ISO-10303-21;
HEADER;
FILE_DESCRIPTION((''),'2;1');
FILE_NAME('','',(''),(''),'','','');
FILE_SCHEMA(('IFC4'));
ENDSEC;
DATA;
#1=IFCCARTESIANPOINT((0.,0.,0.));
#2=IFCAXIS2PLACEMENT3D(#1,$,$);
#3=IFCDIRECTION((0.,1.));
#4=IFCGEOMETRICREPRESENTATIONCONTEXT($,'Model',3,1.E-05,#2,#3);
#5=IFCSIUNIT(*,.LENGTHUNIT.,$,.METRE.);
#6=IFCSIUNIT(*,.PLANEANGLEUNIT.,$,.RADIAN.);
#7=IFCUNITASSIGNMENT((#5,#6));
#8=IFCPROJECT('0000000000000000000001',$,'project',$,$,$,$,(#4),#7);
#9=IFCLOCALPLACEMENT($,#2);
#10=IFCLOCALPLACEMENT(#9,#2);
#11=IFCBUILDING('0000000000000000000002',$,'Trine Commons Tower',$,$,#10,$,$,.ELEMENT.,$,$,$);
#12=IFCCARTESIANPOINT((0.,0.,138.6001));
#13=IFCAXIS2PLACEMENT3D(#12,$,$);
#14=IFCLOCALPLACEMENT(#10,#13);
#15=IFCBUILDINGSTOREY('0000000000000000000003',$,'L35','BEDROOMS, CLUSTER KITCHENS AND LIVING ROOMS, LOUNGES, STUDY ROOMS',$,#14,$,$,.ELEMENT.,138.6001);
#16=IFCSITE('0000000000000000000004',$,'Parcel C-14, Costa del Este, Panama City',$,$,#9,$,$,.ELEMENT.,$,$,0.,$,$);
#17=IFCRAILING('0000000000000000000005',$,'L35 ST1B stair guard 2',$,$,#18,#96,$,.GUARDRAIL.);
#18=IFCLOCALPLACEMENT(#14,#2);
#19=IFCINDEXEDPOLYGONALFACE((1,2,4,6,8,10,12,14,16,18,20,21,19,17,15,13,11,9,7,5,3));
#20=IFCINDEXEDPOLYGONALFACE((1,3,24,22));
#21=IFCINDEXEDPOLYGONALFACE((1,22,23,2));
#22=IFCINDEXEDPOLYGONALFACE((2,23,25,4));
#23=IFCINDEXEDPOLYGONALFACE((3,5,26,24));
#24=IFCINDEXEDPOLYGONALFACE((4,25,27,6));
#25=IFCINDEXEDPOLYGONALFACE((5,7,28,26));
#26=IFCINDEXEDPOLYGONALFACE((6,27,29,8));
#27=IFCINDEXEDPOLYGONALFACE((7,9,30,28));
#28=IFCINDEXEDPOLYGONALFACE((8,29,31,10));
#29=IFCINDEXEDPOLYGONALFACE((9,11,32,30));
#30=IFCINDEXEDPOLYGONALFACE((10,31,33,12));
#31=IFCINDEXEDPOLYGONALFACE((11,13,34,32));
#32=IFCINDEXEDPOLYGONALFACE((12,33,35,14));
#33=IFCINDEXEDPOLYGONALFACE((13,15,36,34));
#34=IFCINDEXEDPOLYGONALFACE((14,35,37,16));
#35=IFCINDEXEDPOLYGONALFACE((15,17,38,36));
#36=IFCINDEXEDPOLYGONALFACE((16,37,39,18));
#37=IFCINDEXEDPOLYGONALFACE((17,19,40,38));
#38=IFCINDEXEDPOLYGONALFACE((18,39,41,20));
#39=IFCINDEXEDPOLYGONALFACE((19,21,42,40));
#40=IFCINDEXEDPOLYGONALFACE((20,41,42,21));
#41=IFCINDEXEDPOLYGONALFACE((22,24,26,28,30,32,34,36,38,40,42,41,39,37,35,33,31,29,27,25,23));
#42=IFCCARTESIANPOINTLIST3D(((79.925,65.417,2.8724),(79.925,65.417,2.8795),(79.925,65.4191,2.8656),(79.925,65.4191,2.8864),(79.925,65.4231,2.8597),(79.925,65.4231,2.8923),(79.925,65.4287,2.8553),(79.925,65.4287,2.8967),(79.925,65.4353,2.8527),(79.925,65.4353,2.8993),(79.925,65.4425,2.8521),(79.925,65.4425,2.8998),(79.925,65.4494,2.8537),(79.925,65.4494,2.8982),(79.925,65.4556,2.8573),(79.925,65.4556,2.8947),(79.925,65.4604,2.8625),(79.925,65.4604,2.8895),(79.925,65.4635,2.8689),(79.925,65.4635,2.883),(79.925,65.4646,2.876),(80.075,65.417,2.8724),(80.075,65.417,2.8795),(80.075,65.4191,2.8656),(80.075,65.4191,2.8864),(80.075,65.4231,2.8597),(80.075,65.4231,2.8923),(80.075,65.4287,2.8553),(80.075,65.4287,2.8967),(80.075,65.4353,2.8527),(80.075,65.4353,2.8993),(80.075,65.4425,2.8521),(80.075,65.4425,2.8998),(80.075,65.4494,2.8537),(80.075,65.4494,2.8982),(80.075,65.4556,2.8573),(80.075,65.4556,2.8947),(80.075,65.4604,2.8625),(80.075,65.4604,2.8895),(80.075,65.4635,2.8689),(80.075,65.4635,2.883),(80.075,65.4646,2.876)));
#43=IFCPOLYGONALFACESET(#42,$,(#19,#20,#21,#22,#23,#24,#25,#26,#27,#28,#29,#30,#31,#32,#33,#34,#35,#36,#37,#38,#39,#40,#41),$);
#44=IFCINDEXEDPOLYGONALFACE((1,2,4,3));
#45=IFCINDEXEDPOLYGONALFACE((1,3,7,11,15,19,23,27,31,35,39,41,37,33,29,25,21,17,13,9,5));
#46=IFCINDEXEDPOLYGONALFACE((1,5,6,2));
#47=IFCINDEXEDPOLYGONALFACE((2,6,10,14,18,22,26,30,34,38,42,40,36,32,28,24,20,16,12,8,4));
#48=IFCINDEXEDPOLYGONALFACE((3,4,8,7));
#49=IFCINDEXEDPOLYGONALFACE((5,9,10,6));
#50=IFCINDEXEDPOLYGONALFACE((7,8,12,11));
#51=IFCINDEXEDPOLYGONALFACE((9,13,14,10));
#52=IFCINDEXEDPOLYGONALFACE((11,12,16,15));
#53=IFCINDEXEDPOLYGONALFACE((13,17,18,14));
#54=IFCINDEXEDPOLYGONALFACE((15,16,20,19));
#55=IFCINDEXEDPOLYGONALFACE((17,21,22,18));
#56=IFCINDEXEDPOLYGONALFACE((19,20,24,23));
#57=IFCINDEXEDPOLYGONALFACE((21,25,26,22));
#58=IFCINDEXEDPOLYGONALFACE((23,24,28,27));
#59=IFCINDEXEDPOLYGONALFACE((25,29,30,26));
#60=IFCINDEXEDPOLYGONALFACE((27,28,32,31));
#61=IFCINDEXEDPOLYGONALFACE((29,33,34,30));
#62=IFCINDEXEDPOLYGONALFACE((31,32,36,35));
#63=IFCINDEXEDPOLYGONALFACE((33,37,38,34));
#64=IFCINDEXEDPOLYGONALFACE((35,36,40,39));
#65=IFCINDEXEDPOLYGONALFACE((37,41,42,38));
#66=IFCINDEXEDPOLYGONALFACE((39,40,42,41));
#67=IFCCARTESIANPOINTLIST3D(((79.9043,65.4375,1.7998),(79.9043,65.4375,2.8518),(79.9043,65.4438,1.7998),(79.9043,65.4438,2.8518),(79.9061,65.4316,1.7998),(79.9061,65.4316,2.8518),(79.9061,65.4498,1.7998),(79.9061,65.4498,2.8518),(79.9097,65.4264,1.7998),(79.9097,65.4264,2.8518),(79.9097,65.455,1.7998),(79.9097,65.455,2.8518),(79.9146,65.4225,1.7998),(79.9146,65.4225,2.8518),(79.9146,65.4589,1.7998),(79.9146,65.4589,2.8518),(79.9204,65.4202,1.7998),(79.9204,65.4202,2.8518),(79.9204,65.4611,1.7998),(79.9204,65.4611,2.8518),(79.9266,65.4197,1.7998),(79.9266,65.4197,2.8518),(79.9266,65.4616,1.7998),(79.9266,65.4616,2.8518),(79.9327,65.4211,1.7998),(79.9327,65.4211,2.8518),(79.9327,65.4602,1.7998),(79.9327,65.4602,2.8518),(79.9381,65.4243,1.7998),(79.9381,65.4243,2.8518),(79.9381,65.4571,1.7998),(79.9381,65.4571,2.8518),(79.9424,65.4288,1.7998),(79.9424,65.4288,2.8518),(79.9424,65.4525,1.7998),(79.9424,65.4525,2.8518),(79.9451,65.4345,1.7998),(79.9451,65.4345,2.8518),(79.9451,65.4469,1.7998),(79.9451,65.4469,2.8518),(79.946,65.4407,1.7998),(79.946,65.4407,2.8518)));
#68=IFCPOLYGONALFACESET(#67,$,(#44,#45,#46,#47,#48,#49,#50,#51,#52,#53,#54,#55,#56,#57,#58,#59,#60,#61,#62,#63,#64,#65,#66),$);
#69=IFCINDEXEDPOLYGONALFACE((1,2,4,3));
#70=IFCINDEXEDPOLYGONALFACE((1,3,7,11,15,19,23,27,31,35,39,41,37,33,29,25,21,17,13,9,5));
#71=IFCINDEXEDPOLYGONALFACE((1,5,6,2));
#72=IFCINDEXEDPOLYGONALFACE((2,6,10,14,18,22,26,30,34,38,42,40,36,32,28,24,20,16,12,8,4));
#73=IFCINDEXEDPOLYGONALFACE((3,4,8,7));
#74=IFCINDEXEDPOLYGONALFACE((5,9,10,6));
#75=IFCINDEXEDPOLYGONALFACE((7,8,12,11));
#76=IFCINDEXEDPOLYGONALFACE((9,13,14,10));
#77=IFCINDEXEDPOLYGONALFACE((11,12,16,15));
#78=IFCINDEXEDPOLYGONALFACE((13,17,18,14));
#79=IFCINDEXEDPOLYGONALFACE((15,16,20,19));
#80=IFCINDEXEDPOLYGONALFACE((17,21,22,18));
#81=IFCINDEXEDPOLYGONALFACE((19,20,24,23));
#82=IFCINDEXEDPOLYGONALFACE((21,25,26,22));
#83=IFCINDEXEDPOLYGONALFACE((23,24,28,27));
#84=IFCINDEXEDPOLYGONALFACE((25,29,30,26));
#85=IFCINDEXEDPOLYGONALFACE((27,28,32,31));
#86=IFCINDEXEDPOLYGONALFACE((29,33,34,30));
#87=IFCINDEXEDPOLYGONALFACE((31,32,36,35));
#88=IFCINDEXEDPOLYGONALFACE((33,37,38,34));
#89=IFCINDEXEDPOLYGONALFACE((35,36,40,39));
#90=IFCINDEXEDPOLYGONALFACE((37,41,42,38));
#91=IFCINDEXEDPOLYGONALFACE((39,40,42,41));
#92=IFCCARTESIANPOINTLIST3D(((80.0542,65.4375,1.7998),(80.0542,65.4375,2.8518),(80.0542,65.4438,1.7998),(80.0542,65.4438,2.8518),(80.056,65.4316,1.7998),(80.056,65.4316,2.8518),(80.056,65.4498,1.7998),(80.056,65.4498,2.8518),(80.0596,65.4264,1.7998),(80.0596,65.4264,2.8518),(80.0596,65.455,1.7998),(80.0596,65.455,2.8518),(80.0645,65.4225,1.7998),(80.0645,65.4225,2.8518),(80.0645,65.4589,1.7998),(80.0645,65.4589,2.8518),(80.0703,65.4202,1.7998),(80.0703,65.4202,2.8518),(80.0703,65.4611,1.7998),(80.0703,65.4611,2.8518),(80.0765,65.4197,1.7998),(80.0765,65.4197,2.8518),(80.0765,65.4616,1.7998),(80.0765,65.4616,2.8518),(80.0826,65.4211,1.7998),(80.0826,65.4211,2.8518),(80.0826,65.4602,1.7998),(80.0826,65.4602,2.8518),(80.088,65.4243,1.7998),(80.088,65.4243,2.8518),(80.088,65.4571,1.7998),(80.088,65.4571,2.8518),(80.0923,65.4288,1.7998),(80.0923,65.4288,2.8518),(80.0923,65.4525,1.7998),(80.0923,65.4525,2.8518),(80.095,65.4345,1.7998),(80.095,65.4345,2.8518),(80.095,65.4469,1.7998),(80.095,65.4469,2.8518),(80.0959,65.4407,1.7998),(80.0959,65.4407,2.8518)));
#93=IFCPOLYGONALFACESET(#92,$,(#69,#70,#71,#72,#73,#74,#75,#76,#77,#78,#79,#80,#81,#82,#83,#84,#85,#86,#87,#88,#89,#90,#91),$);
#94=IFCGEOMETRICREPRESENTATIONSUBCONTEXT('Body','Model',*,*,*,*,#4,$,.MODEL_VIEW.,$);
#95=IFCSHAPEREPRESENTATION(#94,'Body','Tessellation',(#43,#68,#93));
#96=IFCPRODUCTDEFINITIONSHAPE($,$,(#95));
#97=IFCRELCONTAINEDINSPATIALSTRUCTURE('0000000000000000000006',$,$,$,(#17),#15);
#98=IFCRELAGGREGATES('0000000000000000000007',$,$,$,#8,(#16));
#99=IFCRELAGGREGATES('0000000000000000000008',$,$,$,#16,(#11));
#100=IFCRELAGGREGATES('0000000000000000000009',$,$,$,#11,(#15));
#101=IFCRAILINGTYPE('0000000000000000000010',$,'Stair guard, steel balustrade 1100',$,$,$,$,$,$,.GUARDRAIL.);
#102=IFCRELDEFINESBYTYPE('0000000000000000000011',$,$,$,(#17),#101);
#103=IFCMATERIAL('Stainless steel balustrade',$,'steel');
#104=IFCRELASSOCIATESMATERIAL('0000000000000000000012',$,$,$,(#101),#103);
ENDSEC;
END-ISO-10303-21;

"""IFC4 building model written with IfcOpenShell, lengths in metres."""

from ifc_helpers import new_model, si_unit, direction, frame, origin, origin_2d, place, context, subcontext, project, spatial, circle, extrude, material, type_object, element, save


model = new_model("IFC4")

# Units and contexts
model_context = context("Model", 3, precision=1e-05, world=origin(), true_north=direction((0.0, 1.0)))
body_context = subcontext(model_context, "Body", "Model", "MODEL_VIEW")
ifc_project = project(units=[si_unit("LENGTHUNIT", "METRE"), si_unit("PLANEANGLEUNIT", "RADIAN")], contexts=[model_context])

# Site, building, storey
site_placement = place(None, origin())
site = spatial("IfcSite", under=ifc_project, at=site_placement, Name="Parcel C-14, Costa del Este, Panama City", CompositionType="ELEMENT", RefElevation=0.0)
building_placement = place(site_placement, origin())
building = spatial("IfcBuilding", under=site, at=building_placement, Name="Trine Commons Tower", CompositionType="ELEMENT")
storey_placement = place(building_placement, frame((0.0, 0.0, 138.6001)))
storey = spatial("IfcBuildingStorey", under=building, at=storey_placement, Name="L35", Description="BEDROOMS, CLUSTER KITCHENS AND LIVING ROOMS, LOUNGES, STUDY ROOMS", CompositionType="ELEMENT", Elevation=138.6001)

# Railing
ifc_material_1 = material(Name="Stainless steel balustrade", Category="steel")
railing_type_1 = type_object("IfcRailingType", Name="Stair guard, steel balustrade 1100", PredefinedType="GUARDRAIL", material=ifc_material_1)
railing_1_placement = place(storey_placement, frame((79.925, 65.4407, 1.7998)))
element("IfcRailing", 1, at=railing_1_placement, inside=storey, type_object=railing_type_1, Name="L35 ST1B stair guard 2", PredefinedType="GUARDRAIL", context=body_context, shape_type="SweptSolid", body=[
    extrude(circle(Radius=0.0239, at=origin_2d()), frame((0.0, 0.0, 1.0762), z_axis=(1.0, 0.0, 0.0), x_axis=(0.0, 1.0, 0.0)), (0.0, 0.0, 1.0), 0.1499),
    extrude(circle(Radius=0.021, at=origin_2d()), origin(), (0.0, 0.0, 1.0), 1.052),
    extrude(circle(Radius=0.021, at=origin_2d()), frame((0.1499, 0.0, 0.0)), (0.0, 0.0, 1.0), 1.052),
])

save(model, "model.ifc")
